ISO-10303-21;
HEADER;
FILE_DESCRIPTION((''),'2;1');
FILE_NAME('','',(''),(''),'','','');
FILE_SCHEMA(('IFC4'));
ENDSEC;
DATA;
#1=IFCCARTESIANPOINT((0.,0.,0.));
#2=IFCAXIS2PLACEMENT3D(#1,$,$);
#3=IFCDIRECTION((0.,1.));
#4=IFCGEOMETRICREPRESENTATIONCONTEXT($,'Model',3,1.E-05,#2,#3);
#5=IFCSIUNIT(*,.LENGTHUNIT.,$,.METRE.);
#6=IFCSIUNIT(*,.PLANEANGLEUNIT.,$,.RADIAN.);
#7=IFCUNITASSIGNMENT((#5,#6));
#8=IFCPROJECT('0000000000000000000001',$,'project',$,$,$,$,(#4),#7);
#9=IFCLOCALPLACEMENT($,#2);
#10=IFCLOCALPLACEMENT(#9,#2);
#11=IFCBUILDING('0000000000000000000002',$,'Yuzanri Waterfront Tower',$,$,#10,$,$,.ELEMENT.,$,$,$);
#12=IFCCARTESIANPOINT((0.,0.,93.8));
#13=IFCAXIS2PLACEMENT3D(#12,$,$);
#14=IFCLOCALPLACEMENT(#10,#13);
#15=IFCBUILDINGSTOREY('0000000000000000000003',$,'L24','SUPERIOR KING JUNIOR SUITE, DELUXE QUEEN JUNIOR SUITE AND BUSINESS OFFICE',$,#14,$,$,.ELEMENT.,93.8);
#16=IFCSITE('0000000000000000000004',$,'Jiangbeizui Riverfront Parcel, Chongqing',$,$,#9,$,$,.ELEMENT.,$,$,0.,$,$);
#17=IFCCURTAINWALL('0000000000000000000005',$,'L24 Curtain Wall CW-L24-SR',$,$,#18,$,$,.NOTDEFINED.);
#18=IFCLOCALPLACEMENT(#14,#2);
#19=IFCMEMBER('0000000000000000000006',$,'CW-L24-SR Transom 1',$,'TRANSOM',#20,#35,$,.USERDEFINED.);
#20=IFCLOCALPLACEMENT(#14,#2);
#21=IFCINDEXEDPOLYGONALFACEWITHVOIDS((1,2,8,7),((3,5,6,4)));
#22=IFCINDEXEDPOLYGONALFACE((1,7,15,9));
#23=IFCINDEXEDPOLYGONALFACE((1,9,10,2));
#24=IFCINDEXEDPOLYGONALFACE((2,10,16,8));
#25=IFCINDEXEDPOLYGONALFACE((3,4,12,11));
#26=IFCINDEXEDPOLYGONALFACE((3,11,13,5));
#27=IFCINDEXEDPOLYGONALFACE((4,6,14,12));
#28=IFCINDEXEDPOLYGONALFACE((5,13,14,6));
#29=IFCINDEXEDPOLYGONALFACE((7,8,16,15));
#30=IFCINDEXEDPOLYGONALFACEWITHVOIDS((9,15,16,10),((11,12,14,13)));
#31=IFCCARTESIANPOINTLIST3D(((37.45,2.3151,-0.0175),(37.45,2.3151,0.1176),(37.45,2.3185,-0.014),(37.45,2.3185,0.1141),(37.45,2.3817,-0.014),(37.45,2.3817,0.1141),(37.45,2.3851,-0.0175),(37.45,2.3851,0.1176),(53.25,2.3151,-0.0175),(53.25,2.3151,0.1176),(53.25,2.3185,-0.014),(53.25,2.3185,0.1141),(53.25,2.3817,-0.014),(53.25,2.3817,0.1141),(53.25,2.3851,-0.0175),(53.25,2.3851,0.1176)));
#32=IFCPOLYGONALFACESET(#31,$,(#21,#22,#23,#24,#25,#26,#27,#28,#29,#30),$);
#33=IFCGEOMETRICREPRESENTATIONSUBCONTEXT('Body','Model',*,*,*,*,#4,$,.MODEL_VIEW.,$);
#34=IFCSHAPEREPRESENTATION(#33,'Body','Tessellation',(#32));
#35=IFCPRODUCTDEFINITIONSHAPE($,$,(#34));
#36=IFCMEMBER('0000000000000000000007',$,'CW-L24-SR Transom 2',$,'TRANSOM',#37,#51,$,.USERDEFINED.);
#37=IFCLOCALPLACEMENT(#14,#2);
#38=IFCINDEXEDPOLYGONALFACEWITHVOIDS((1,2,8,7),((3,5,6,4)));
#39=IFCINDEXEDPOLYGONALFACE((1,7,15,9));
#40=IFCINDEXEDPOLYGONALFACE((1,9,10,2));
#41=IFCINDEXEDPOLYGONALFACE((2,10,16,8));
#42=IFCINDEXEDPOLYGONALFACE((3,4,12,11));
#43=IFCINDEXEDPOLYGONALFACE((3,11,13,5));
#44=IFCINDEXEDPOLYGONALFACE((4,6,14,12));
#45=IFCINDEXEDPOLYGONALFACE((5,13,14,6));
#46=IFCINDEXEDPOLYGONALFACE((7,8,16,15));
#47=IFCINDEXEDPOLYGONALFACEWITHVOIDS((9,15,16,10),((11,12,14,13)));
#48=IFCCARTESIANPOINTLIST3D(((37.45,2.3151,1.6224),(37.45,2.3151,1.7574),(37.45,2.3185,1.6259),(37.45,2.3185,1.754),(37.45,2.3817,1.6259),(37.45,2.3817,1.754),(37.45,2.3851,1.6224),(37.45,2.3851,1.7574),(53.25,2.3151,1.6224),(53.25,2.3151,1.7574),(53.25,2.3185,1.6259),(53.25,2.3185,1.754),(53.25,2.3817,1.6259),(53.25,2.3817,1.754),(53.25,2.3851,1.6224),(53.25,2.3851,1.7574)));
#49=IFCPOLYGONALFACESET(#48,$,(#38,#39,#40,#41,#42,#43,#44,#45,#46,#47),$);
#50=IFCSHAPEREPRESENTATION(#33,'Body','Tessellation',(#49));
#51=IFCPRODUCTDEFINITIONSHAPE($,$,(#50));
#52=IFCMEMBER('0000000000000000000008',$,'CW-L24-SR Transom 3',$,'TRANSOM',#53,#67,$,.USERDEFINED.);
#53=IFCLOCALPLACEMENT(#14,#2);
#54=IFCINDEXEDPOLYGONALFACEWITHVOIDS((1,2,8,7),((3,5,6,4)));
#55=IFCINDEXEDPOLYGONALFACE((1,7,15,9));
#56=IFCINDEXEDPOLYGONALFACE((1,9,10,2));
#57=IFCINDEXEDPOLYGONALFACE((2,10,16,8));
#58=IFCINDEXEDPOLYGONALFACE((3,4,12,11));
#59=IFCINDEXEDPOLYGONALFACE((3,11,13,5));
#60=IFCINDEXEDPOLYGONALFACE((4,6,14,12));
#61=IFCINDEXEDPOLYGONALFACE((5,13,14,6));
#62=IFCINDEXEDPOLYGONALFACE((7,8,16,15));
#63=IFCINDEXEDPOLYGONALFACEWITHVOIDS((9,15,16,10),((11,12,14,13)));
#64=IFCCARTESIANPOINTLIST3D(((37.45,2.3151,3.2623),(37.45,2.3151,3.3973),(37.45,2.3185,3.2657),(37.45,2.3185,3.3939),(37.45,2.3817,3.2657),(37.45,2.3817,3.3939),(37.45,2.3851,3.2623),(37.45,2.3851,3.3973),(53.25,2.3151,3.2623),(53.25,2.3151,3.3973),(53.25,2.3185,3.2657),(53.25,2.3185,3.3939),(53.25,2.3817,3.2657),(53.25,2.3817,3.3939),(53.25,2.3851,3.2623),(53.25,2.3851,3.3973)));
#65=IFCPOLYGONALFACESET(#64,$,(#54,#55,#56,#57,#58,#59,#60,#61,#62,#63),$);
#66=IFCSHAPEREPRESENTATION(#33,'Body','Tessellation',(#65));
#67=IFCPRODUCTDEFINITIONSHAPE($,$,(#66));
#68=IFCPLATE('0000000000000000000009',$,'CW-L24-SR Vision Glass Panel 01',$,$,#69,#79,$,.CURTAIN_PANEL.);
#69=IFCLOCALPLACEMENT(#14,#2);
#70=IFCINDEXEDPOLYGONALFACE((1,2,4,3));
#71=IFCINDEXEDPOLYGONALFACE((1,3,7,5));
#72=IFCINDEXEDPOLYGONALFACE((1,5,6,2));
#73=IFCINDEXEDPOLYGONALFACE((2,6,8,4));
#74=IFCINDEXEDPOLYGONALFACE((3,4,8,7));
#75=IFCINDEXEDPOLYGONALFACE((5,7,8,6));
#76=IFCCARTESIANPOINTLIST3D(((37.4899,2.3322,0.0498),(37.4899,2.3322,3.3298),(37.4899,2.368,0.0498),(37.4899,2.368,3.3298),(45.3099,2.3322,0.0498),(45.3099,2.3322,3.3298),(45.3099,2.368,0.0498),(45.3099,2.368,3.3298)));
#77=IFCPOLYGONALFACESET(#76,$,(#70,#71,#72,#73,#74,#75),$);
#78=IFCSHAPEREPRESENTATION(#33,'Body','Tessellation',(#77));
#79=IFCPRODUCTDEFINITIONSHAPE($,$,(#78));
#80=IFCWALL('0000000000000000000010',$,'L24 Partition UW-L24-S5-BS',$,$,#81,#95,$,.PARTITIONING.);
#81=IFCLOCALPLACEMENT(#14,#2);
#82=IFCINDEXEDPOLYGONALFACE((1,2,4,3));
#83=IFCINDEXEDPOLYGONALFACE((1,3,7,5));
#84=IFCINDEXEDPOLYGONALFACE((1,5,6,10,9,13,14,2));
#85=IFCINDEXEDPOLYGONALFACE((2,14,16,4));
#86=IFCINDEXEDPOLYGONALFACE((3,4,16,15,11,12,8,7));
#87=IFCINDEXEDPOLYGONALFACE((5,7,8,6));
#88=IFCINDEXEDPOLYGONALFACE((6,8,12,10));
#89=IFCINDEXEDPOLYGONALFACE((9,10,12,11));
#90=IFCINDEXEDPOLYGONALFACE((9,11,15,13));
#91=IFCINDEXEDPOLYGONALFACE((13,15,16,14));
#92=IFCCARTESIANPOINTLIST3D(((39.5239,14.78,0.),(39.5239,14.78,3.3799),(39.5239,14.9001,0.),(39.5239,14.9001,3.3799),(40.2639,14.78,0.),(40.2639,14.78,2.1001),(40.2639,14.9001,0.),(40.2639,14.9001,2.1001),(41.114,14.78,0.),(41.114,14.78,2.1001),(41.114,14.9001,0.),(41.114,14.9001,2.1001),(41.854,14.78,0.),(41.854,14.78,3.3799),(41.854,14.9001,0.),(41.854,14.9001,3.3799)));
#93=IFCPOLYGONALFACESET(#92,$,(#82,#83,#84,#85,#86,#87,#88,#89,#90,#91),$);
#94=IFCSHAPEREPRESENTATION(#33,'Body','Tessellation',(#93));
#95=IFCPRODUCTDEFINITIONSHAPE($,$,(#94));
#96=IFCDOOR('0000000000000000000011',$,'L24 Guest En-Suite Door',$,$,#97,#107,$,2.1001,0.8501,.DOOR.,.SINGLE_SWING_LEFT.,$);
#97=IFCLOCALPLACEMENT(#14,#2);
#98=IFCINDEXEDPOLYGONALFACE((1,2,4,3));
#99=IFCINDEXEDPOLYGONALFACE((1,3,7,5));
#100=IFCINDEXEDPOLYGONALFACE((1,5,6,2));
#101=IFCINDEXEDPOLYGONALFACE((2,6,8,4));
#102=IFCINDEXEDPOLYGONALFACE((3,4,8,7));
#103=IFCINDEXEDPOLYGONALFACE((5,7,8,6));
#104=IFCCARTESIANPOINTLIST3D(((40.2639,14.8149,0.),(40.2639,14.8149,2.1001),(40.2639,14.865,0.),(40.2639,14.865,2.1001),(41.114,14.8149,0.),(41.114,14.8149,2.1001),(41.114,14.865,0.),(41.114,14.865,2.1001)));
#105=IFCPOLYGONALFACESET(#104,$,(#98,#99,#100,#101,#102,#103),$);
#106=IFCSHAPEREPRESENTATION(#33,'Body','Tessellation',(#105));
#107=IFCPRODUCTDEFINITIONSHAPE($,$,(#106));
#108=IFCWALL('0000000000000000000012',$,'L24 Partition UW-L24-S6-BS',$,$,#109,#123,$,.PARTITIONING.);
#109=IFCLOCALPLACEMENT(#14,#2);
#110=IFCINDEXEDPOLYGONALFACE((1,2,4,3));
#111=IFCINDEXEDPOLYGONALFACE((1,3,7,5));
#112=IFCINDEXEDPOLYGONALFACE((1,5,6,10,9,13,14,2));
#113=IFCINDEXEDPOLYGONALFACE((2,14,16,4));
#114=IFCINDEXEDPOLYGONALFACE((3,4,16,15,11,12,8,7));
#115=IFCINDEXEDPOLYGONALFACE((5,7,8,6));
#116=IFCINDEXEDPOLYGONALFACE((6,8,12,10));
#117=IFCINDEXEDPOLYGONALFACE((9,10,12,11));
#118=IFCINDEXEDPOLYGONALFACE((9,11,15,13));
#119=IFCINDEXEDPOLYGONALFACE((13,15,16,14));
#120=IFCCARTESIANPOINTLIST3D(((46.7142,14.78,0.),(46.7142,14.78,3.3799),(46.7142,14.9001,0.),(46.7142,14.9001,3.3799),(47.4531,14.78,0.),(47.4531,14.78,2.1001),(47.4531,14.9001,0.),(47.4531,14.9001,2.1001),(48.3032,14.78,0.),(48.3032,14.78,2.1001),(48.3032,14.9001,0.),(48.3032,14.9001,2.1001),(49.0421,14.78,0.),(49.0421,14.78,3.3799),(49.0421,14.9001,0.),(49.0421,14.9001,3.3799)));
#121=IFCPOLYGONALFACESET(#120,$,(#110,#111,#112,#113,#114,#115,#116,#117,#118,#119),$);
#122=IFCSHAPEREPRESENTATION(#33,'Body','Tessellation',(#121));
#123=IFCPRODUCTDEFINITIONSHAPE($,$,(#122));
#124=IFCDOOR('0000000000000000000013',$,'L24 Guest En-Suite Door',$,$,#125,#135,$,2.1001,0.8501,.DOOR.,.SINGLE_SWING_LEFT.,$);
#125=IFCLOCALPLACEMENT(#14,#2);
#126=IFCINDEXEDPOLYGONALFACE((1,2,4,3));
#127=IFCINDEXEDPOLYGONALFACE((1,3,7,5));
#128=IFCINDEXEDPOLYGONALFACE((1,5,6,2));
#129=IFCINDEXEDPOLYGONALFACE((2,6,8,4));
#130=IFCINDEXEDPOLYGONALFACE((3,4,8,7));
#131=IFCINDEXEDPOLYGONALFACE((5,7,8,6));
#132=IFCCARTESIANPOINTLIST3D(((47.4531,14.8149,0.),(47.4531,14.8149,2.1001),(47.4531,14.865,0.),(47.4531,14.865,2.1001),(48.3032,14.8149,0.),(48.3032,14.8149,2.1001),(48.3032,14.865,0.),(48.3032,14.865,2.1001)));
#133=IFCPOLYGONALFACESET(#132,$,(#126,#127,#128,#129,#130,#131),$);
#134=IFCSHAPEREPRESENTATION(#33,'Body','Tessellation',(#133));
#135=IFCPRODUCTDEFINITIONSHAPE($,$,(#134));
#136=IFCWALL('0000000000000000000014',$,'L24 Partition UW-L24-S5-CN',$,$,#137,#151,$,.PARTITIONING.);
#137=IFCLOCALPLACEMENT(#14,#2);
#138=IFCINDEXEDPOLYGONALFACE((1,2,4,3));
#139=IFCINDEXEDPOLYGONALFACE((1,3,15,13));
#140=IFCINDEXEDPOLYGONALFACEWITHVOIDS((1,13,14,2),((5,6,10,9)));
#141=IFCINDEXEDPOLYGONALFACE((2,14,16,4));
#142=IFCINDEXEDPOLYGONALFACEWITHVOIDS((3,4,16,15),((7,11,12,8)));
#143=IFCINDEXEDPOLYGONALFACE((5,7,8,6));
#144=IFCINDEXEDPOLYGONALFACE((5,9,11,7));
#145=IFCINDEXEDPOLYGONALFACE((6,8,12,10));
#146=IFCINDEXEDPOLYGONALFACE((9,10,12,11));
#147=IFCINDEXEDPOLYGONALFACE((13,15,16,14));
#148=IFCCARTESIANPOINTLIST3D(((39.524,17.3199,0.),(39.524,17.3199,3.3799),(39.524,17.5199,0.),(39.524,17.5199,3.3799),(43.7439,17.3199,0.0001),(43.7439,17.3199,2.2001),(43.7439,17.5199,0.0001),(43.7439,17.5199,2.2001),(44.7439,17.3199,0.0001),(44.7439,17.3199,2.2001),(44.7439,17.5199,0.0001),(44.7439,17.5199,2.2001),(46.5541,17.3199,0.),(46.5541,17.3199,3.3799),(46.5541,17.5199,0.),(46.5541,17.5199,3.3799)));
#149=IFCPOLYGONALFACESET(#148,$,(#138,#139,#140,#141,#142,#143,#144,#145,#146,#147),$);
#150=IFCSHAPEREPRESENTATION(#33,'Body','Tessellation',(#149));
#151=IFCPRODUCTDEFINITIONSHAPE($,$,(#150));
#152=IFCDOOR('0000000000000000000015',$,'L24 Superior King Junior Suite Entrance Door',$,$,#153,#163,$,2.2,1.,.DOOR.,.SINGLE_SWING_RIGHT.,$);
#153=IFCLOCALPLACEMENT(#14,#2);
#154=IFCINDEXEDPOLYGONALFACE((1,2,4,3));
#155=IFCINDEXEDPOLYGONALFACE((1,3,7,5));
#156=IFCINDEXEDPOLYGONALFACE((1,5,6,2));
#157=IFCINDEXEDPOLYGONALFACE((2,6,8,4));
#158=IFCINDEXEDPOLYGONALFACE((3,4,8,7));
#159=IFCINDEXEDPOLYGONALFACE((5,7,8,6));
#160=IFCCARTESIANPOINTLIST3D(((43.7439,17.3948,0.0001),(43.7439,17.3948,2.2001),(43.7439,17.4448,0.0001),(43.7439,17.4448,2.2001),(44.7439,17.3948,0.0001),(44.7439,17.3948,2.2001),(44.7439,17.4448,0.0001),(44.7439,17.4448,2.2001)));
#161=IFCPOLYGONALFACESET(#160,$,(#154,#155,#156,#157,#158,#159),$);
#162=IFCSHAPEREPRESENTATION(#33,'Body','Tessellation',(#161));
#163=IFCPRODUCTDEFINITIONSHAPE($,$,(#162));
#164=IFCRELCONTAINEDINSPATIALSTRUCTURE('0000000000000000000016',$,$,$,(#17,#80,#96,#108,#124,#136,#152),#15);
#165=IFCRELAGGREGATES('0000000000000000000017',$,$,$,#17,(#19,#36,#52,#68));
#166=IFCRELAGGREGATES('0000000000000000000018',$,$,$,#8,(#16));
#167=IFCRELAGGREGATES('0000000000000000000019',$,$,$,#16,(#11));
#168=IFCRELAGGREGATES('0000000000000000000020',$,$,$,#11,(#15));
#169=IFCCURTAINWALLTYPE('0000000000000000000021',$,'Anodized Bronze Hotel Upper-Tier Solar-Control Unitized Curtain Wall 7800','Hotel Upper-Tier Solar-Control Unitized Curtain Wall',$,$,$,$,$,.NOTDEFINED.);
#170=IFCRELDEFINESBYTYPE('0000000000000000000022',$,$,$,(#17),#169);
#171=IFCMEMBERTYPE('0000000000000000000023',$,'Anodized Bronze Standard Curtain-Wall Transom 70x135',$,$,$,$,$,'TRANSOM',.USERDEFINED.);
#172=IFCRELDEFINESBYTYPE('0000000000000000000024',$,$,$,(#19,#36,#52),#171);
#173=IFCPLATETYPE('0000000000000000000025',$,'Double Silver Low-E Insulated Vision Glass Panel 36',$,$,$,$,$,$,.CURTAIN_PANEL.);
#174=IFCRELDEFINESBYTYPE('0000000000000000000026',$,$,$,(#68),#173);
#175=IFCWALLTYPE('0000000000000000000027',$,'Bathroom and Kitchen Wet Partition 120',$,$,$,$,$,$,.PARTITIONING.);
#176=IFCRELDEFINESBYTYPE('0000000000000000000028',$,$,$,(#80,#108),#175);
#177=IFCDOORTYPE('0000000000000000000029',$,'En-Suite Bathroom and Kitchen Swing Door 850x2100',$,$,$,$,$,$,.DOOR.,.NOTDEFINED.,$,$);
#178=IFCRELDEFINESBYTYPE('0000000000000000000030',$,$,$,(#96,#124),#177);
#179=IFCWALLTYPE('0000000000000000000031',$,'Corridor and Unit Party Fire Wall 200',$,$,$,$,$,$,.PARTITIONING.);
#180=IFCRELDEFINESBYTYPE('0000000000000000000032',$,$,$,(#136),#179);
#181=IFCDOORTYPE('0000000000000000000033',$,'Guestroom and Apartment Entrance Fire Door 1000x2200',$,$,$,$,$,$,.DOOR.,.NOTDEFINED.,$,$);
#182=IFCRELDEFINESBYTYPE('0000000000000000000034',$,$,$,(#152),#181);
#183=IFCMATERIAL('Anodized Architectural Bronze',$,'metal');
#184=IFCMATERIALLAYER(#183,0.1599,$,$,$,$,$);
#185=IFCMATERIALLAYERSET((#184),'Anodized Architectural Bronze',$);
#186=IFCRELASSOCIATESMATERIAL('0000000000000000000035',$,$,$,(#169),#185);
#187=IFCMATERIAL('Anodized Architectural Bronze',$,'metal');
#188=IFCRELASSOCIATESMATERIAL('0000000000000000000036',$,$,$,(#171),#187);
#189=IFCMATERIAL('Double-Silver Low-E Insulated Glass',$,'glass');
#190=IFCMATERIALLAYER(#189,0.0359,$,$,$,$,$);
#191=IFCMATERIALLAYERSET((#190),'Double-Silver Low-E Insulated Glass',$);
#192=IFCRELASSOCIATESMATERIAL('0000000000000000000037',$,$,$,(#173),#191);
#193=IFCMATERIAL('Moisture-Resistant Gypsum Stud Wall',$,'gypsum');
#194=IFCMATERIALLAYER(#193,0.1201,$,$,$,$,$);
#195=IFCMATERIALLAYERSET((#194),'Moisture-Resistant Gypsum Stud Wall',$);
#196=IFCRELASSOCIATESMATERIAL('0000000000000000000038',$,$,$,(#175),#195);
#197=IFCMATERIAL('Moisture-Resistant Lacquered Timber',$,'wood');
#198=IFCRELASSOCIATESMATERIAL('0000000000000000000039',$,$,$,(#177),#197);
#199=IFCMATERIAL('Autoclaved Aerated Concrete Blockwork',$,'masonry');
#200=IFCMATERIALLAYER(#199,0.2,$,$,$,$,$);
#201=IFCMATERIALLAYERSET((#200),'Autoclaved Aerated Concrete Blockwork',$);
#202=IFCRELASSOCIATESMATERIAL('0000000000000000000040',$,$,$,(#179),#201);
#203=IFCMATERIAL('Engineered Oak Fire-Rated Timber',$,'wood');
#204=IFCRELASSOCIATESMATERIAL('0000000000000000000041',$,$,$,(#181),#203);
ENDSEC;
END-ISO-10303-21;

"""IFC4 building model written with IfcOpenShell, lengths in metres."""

from ifc_helpers import new_model, si_unit, direction, frame, frame_2d, origin, origin_2d, place, context, subcontext, project, spatial, rectangle, hollow_rectangle, extrude, source, transform, mapped, material, layer, layer_set, material_profile, profile_set, type_object, element, fill, aggregate, save


model = new_model("IFC4")

# Units and contexts
model_context = context("Model", 3, precision=1e-05, world=origin(), true_north=direction((0.0, 1.0)))
body_context = subcontext(model_context, "Body", "Model", "MODEL_VIEW")
ifc_project = project(units=[si_unit("LENGTHUNIT", "METRE"), si_unit("PLANEANGLEUNIT", "RADIAN")], contexts=[model_context])

# Site, building, storey
site_placement = place(None, origin())
site = spatial("IfcSite", under=ifc_project, at=site_placement, Name="Jiangbeizui Riverfront Parcel, Chongqing", CompositionType="ELEMENT", RefElevation=0.0)
building_placement = place(site_placement, origin())
building = spatial("IfcBuilding", under=site, at=building_placement, Name="Yuzanri Waterfront Tower", CompositionType="ELEMENT")
storey_placement = place(building_placement, frame((0.0, 0.0, 93.8)))
storey = spatial("IfcBuildingStorey", under=building, at=storey_placement, Name="L24", Description="SUPERIOR KING JUNIOR SUITE, DELUXE QUEEN JUNIOR SUITE AND BUSINESS OFFICE", CompositionType="ELEMENT", Elevation=93.8)

# Shared definitions
ifc_material_1 = material(Name="Anodized Architectural Bronze", Category="metal")
ifc_layer_1 = layer(ifc_material_1, 0.1599)
ifc_layer_set_1 = layer_set([ifc_layer_1], Name="Anodized Architectural Bronze")
curtain_wall_type = type_object("IfcCurtainWallType", Name="Anodized Bronze Hotel Upper-Tier Solar-Control Unitized Curtain Wall 7800", Description="Hotel Upper-Tier Solar-Control Unitized Curtain Wall", PredefinedType="NOTDEFINED", material=ifc_layer_set_1)

# Curtain wall, members, plate
curtain_wall_1_placement = place(storey_placement, origin())
curtain_wall_1 = element("IfcCurtainWall", 1, at=curtain_wall_1_placement, inside=storey, type_object=curtain_wall_type, Name="L24 Curtain Wall CW-L24-SR", PredefinedType="NOTDEFINED")
ifc_material_2 = material(Name="Anodized Architectural Bronze", Category="metal")
ifc_material_profile_1 = material_profile(ifc_material_2, hollow_rectangle(XDim=0.0701, YDim=0.135, WallThickness=0.0034, at=origin_2d()), Name="CWT 70x135")
ifc_profile_set_1 = profile_set([ifc_material_profile_1], Name="Anodized Architectural Bronze")
member_type_1 = type_object("IfcMemberType", Name="Anodized Bronze Standard Curtain-Wall Transom 70x135", ElementType="TRANSOM", PredefinedType="USERDEFINED", material=ifc_profile_set_1)
shared_shape_1 = source(origin(), body_context, "Body", "SweptSolid", [
    extrude(hollow_rectangle(XDim=0.0701, YDim=0.135, WallThickness=0.0034, at=origin_2d()), origin(), (0.0, 0.0, 1.0), 15.8),
])
member_1_placement = place(storey_placement, frame((37.45, 2.3501, 0.05), z_axis=(1.0, 0.0, 0.0), x_axis=(0.0, 1.0, 0.0)))
member_1 = element("IfcMember", 2, at=member_1_placement, type_object=member_type_1, Name="CW-L24-SR Transom 1", ObjectType="TRANSOM", PredefinedType="USERDEFINED", context=body_context, shape_type="MappedRepresentation", body=[
    mapped(shared_shape_1, transform((0.0, 0.0, 0.0), scale=1.0)),
])
member_2_placement = place(storey_placement, frame((37.45, 2.3501, 1.6899), z_axis=(1.0, 0.0, 0.0), x_axis=(0.0, 1.0, 0.0)))
member_2 = element("IfcMember", 3, at=member_2_placement, type_object=member_type_1, Name="CW-L24-SR Transom 2", ObjectType="TRANSOM", PredefinedType="USERDEFINED", context=body_context, shape_type="MappedRepresentation", body=[
    mapped(shared_shape_1, transform((0.0, 0.0, 0.0), scale=1.0)),
])
member_3_placement = place(storey_placement, frame((37.45, 2.3501, 3.3298), z_axis=(1.0, 0.0, 0.0), x_axis=(0.0, 1.0, 0.0)))
member_3 = element("IfcMember", 4, at=member_3_placement, type_object=member_type_1, Name="CW-L24-SR Transom 3", ObjectType="TRANSOM", PredefinedType="USERDEFINED", context=body_context, shape_type="MappedRepresentation", body=[
    mapped(shared_shape_1, transform((0.0, 0.0, 0.0), scale=1.0)),
])
ifc_material_3 = material(Name="Double-Silver Low-E Insulated Glass", Category="glass")
ifc_layer_2 = layer(ifc_material_3, 0.0359)
ifc_layer_set_2 = layer_set([ifc_layer_2], Name="Double-Silver Low-E Insulated Glass")
plate_type = type_object("IfcPlateType", Name="Double Silver Low-E Insulated Vision Glass Panel 36", PredefinedType="CURTAIN_PANEL", material=ifc_layer_set_2)
shared_shape_2 = source(origin(), body_context, "Body", "SweptSolid", [
    extrude(rectangle(XDim=7.8201, YDim=0.0359, at=origin_2d()), origin(), (0.0, 0.0, 1.0), 3.28),
])
plate_placement = place(storey_placement, frame((41.3999, 2.3501, 0.0498), z_axis=(0.0, 0.0, 1.0), x_axis=(1.0, 0.0, 0.0)))
plate = element("IfcPlate", 5, at=plate_placement, type_object=plate_type, Name="CW-L24-SR Vision Glass Panel 01", PredefinedType="CURTAIN_PANEL", context=body_context, shape_type="MappedRepresentation", body=[
    mapped(shared_shape_2, transform((0.0, 0.0, 0.0), scale=1.0)),
])
aggregate(curtain_wall_1, [member_1, member_2, member_3, plate])

# Walls, openings, doors
ifc_material_4 = material(Name="Moisture-Resistant Gypsum Stud Wall", Category="gypsum")
ifc_layer_3 = layer(ifc_material_4, 0.1201)
ifc_layer_set_3 = layer_set([ifc_layer_3], Name="Moisture-Resistant Gypsum Stud Wall")
wall_type_1 = type_object("IfcWallType", Name="Bathroom and Kitchen Wet Partition 120", PredefinedType="PARTITIONING", material=ifc_layer_set_3)
wall_1_placement = place(storey_placement, frame((39.5239, 14.8401, 0.0), z_axis=(0.0, 0.0, 1.0), x_axis=(1.0, 0.0, 0.0)))
wall_1 = element("IfcWall", 6, at=wall_1_placement, inside=storey, type_object=wall_type_1, Name="L24 Partition UW-L24-S5-BS", PredefinedType="PARTITIONING", context=body_context, shape_type="SweptSolid", body=[
    extrude(rectangle(XDim=2.3301, YDim=0.1201, at=frame_2d((1.165, 0.0))), origin(), (0.0, 0.0, 1.0), 3.3799),
])
opening_1_placement = place(wall_1_placement, frame((0.74, 0.0, 0.0)))
opening_1 = element("IfcOpeningElement", 7, at=opening_1_placement, cuts=wall_1, PredefinedType="OPENING", context=body_context, shape_type="SweptSolid", body=[
    extrude(rectangle(XDim=0.8501, YDim=2.1001, at=frame_2d((0.425, 1.05))), frame((0.0, 0.075, 0.0), z_axis=(0.0, -1.0, 0.0), x_axis=(1.0, 0.0, 0.0)), (0.0, 0.0, 1.0), 0.1499),
])
ifc_material_5 = material(Name="Moisture-Resistant Lacquered Timber", Category="wood")
door_type_1 = type_object("IfcDoorType", Name="En-Suite Bathroom and Kitchen Swing Door 850x2100", OperationType="NOTDEFINED", PredefinedType="DOOR", material=ifc_material_5)
shared_shape_3 = source(origin(), body_context, "Body", "SweptSolid", [
    extrude(rectangle(XDim=0.8501, YDim=2.1001, at=frame_2d((0.425, 1.05))), frame((0.0, 0.0249, 0.0), z_axis=(0.0, -1.0, 0.0), x_axis=(1.0, 0.0, 0.0)), (0.0, 0.0, 1.0), 0.05),
])
door_1_placement = place(opening_1_placement, origin())
door_1 = element("IfcDoor", 8, at=door_1_placement, inside=storey, type_object=door_type_1, Name="L24 Guest En-Suite Door", OperationType="SINGLE_SWING_LEFT", OverallHeight=2.1001, OverallWidth=0.8501, PredefinedType="DOOR", context=body_context, shape_type="MappedRepresentation", body=[
    mapped(shared_shape_3, transform((0.0, 0.0, 0.0), scale=1.0)),
])
fill(opening_1, door_1)
wall_2_placement = place(storey_placement, frame((46.7141, 14.8401, 0.0), z_axis=(0.0, 0.0, 1.0), x_axis=(1.0, 0.0, 0.0)))
wall_2 = element("IfcWall", 9, at=wall_2_placement, inside=storey, type_object=wall_type_1, Name="L24 Partition UW-L24-S6-BS", PredefinedType="PARTITIONING", context=body_context, shape_type="SweptSolid", body=[
    extrude(rectangle(XDim=2.3279, YDim=0.1201, at=frame_2d((1.1641, 0.0))), origin(), (0.0, 0.0, 1.0), 3.3799),
])
opening_2_placement = place(wall_2_placement, frame((0.739, 0.0, 0.0)))
opening_2 = element("IfcOpeningElement", 10, at=opening_2_placement, cuts=wall_2, PredefinedType="OPENING", context=body_context, shape_type="SweptSolid", body=[
    extrude(rectangle(XDim=0.8501, YDim=2.1001, at=frame_2d((0.425, 1.05))), frame((0.0, 0.075, 0.0), z_axis=(0.0, -1.0, 0.0), x_axis=(1.0, 0.0, 0.0)), (0.0, 0.0, 1.0), 0.1499),
])
door_2_placement = place(opening_2_placement, origin())
door_2 = element("IfcDoor", 11, at=door_2_placement, inside=storey, type_object=door_type_1, Name="L24 Guest En-Suite Door", OperationType="SINGLE_SWING_LEFT", OverallHeight=2.1001, OverallWidth=0.8501, PredefinedType="DOOR", context=body_context, shape_type="MappedRepresentation", body=[
    mapped(shared_shape_3, transform((0.0, 0.0, 0.0), scale=1.0)),
])
fill(opening_2, door_2)
ifc_material_6 = material(Name="Autoclaved Aerated Concrete Blockwork", Category="masonry")
ifc_layer_4 = layer(ifc_material_6, 0.2)
ifc_layer_set_4 = layer_set([ifc_layer_4], Name="Autoclaved Aerated Concrete Blockwork")
wall_type_2 = type_object("IfcWallType", Name="Corridor and Unit Party Fire Wall 200", PredefinedType="PARTITIONING", material=ifc_layer_set_4)
wall_3_placement = place(storey_placement, frame((39.5239, 17.4199, 0.0), z_axis=(0.0, 0.0, 1.0), x_axis=(1.0, 0.0, 0.0)))
wall_3 = element("IfcWall", 12, at=wall_3_placement, inside=storey, type_object=wall_type_2, Name="L24 Partition UW-L24-S5-CN", PredefinedType="PARTITIONING", context=body_context, shape_type="SweptSolid", body=[
    extrude(rectangle(XDim=7.03, YDim=0.2, at=frame_2d((3.5151, 0.0))), origin(), (0.0, 0.0, 1.0), 3.3799),
])
opening_3_placement = place(wall_3_placement, frame((4.22, 0.0, 0.0)))
opening_3 = element("IfcOpeningElement", 13, at=opening_3_placement, cuts=wall_3, PredefinedType="OPENING", context=body_context, shape_type="SweptSolid", body=[
    extrude(rectangle(XDim=1.0, YDim=2.2, at=frame_2d((0.5, 1.1001))), frame((0.0, 0.1147, 0.0), z_axis=(0.0, -1.0, 0.0), x_axis=(1.0, 0.0, 0.0)), (0.0, 0.0, 1.0), 0.2297),
])
ifc_material_7 = material(Name="Engineered Oak Fire-Rated Timber", Category="wood")
door_type_2 = type_object("IfcDoorType", Name="Guestroom and Apartment Entrance Fire Door 1000x2200", OperationType="NOTDEFINED", PredefinedType="DOOR", material=ifc_material_7)
shared_shape_4 = source(origin(), body_context, "Body", "SweptSolid", [
    extrude(rectangle(XDim=1.0, YDim=2.2, at=frame_2d((0.5, 1.1001))), frame((0.0, 0.0249, 0.0), z_axis=(0.0, -1.0, 0.0), x_axis=(1.0, 0.0, 0.0)), (0.0, 0.0, 1.0), 0.05),
])
door_3_placement = place(opening_3_placement, origin())
door_3 = element("IfcDoor", 14, at=door_3_placement, inside=storey, type_object=door_type_2, Name="L24 Superior King Junior Suite Entrance Door", OperationType="SINGLE_SWING_RIGHT", OverallHeight=2.2, OverallWidth=1.0, PredefinedType="DOOR", context=body_context, shape_type="MappedRepresentation", body=[
    mapped(shared_shape_4, transform((0.0, 0.0, 0.0), scale=1.0)),
])
fill(opening_3, door_3)

save(model, "model.ifc")
